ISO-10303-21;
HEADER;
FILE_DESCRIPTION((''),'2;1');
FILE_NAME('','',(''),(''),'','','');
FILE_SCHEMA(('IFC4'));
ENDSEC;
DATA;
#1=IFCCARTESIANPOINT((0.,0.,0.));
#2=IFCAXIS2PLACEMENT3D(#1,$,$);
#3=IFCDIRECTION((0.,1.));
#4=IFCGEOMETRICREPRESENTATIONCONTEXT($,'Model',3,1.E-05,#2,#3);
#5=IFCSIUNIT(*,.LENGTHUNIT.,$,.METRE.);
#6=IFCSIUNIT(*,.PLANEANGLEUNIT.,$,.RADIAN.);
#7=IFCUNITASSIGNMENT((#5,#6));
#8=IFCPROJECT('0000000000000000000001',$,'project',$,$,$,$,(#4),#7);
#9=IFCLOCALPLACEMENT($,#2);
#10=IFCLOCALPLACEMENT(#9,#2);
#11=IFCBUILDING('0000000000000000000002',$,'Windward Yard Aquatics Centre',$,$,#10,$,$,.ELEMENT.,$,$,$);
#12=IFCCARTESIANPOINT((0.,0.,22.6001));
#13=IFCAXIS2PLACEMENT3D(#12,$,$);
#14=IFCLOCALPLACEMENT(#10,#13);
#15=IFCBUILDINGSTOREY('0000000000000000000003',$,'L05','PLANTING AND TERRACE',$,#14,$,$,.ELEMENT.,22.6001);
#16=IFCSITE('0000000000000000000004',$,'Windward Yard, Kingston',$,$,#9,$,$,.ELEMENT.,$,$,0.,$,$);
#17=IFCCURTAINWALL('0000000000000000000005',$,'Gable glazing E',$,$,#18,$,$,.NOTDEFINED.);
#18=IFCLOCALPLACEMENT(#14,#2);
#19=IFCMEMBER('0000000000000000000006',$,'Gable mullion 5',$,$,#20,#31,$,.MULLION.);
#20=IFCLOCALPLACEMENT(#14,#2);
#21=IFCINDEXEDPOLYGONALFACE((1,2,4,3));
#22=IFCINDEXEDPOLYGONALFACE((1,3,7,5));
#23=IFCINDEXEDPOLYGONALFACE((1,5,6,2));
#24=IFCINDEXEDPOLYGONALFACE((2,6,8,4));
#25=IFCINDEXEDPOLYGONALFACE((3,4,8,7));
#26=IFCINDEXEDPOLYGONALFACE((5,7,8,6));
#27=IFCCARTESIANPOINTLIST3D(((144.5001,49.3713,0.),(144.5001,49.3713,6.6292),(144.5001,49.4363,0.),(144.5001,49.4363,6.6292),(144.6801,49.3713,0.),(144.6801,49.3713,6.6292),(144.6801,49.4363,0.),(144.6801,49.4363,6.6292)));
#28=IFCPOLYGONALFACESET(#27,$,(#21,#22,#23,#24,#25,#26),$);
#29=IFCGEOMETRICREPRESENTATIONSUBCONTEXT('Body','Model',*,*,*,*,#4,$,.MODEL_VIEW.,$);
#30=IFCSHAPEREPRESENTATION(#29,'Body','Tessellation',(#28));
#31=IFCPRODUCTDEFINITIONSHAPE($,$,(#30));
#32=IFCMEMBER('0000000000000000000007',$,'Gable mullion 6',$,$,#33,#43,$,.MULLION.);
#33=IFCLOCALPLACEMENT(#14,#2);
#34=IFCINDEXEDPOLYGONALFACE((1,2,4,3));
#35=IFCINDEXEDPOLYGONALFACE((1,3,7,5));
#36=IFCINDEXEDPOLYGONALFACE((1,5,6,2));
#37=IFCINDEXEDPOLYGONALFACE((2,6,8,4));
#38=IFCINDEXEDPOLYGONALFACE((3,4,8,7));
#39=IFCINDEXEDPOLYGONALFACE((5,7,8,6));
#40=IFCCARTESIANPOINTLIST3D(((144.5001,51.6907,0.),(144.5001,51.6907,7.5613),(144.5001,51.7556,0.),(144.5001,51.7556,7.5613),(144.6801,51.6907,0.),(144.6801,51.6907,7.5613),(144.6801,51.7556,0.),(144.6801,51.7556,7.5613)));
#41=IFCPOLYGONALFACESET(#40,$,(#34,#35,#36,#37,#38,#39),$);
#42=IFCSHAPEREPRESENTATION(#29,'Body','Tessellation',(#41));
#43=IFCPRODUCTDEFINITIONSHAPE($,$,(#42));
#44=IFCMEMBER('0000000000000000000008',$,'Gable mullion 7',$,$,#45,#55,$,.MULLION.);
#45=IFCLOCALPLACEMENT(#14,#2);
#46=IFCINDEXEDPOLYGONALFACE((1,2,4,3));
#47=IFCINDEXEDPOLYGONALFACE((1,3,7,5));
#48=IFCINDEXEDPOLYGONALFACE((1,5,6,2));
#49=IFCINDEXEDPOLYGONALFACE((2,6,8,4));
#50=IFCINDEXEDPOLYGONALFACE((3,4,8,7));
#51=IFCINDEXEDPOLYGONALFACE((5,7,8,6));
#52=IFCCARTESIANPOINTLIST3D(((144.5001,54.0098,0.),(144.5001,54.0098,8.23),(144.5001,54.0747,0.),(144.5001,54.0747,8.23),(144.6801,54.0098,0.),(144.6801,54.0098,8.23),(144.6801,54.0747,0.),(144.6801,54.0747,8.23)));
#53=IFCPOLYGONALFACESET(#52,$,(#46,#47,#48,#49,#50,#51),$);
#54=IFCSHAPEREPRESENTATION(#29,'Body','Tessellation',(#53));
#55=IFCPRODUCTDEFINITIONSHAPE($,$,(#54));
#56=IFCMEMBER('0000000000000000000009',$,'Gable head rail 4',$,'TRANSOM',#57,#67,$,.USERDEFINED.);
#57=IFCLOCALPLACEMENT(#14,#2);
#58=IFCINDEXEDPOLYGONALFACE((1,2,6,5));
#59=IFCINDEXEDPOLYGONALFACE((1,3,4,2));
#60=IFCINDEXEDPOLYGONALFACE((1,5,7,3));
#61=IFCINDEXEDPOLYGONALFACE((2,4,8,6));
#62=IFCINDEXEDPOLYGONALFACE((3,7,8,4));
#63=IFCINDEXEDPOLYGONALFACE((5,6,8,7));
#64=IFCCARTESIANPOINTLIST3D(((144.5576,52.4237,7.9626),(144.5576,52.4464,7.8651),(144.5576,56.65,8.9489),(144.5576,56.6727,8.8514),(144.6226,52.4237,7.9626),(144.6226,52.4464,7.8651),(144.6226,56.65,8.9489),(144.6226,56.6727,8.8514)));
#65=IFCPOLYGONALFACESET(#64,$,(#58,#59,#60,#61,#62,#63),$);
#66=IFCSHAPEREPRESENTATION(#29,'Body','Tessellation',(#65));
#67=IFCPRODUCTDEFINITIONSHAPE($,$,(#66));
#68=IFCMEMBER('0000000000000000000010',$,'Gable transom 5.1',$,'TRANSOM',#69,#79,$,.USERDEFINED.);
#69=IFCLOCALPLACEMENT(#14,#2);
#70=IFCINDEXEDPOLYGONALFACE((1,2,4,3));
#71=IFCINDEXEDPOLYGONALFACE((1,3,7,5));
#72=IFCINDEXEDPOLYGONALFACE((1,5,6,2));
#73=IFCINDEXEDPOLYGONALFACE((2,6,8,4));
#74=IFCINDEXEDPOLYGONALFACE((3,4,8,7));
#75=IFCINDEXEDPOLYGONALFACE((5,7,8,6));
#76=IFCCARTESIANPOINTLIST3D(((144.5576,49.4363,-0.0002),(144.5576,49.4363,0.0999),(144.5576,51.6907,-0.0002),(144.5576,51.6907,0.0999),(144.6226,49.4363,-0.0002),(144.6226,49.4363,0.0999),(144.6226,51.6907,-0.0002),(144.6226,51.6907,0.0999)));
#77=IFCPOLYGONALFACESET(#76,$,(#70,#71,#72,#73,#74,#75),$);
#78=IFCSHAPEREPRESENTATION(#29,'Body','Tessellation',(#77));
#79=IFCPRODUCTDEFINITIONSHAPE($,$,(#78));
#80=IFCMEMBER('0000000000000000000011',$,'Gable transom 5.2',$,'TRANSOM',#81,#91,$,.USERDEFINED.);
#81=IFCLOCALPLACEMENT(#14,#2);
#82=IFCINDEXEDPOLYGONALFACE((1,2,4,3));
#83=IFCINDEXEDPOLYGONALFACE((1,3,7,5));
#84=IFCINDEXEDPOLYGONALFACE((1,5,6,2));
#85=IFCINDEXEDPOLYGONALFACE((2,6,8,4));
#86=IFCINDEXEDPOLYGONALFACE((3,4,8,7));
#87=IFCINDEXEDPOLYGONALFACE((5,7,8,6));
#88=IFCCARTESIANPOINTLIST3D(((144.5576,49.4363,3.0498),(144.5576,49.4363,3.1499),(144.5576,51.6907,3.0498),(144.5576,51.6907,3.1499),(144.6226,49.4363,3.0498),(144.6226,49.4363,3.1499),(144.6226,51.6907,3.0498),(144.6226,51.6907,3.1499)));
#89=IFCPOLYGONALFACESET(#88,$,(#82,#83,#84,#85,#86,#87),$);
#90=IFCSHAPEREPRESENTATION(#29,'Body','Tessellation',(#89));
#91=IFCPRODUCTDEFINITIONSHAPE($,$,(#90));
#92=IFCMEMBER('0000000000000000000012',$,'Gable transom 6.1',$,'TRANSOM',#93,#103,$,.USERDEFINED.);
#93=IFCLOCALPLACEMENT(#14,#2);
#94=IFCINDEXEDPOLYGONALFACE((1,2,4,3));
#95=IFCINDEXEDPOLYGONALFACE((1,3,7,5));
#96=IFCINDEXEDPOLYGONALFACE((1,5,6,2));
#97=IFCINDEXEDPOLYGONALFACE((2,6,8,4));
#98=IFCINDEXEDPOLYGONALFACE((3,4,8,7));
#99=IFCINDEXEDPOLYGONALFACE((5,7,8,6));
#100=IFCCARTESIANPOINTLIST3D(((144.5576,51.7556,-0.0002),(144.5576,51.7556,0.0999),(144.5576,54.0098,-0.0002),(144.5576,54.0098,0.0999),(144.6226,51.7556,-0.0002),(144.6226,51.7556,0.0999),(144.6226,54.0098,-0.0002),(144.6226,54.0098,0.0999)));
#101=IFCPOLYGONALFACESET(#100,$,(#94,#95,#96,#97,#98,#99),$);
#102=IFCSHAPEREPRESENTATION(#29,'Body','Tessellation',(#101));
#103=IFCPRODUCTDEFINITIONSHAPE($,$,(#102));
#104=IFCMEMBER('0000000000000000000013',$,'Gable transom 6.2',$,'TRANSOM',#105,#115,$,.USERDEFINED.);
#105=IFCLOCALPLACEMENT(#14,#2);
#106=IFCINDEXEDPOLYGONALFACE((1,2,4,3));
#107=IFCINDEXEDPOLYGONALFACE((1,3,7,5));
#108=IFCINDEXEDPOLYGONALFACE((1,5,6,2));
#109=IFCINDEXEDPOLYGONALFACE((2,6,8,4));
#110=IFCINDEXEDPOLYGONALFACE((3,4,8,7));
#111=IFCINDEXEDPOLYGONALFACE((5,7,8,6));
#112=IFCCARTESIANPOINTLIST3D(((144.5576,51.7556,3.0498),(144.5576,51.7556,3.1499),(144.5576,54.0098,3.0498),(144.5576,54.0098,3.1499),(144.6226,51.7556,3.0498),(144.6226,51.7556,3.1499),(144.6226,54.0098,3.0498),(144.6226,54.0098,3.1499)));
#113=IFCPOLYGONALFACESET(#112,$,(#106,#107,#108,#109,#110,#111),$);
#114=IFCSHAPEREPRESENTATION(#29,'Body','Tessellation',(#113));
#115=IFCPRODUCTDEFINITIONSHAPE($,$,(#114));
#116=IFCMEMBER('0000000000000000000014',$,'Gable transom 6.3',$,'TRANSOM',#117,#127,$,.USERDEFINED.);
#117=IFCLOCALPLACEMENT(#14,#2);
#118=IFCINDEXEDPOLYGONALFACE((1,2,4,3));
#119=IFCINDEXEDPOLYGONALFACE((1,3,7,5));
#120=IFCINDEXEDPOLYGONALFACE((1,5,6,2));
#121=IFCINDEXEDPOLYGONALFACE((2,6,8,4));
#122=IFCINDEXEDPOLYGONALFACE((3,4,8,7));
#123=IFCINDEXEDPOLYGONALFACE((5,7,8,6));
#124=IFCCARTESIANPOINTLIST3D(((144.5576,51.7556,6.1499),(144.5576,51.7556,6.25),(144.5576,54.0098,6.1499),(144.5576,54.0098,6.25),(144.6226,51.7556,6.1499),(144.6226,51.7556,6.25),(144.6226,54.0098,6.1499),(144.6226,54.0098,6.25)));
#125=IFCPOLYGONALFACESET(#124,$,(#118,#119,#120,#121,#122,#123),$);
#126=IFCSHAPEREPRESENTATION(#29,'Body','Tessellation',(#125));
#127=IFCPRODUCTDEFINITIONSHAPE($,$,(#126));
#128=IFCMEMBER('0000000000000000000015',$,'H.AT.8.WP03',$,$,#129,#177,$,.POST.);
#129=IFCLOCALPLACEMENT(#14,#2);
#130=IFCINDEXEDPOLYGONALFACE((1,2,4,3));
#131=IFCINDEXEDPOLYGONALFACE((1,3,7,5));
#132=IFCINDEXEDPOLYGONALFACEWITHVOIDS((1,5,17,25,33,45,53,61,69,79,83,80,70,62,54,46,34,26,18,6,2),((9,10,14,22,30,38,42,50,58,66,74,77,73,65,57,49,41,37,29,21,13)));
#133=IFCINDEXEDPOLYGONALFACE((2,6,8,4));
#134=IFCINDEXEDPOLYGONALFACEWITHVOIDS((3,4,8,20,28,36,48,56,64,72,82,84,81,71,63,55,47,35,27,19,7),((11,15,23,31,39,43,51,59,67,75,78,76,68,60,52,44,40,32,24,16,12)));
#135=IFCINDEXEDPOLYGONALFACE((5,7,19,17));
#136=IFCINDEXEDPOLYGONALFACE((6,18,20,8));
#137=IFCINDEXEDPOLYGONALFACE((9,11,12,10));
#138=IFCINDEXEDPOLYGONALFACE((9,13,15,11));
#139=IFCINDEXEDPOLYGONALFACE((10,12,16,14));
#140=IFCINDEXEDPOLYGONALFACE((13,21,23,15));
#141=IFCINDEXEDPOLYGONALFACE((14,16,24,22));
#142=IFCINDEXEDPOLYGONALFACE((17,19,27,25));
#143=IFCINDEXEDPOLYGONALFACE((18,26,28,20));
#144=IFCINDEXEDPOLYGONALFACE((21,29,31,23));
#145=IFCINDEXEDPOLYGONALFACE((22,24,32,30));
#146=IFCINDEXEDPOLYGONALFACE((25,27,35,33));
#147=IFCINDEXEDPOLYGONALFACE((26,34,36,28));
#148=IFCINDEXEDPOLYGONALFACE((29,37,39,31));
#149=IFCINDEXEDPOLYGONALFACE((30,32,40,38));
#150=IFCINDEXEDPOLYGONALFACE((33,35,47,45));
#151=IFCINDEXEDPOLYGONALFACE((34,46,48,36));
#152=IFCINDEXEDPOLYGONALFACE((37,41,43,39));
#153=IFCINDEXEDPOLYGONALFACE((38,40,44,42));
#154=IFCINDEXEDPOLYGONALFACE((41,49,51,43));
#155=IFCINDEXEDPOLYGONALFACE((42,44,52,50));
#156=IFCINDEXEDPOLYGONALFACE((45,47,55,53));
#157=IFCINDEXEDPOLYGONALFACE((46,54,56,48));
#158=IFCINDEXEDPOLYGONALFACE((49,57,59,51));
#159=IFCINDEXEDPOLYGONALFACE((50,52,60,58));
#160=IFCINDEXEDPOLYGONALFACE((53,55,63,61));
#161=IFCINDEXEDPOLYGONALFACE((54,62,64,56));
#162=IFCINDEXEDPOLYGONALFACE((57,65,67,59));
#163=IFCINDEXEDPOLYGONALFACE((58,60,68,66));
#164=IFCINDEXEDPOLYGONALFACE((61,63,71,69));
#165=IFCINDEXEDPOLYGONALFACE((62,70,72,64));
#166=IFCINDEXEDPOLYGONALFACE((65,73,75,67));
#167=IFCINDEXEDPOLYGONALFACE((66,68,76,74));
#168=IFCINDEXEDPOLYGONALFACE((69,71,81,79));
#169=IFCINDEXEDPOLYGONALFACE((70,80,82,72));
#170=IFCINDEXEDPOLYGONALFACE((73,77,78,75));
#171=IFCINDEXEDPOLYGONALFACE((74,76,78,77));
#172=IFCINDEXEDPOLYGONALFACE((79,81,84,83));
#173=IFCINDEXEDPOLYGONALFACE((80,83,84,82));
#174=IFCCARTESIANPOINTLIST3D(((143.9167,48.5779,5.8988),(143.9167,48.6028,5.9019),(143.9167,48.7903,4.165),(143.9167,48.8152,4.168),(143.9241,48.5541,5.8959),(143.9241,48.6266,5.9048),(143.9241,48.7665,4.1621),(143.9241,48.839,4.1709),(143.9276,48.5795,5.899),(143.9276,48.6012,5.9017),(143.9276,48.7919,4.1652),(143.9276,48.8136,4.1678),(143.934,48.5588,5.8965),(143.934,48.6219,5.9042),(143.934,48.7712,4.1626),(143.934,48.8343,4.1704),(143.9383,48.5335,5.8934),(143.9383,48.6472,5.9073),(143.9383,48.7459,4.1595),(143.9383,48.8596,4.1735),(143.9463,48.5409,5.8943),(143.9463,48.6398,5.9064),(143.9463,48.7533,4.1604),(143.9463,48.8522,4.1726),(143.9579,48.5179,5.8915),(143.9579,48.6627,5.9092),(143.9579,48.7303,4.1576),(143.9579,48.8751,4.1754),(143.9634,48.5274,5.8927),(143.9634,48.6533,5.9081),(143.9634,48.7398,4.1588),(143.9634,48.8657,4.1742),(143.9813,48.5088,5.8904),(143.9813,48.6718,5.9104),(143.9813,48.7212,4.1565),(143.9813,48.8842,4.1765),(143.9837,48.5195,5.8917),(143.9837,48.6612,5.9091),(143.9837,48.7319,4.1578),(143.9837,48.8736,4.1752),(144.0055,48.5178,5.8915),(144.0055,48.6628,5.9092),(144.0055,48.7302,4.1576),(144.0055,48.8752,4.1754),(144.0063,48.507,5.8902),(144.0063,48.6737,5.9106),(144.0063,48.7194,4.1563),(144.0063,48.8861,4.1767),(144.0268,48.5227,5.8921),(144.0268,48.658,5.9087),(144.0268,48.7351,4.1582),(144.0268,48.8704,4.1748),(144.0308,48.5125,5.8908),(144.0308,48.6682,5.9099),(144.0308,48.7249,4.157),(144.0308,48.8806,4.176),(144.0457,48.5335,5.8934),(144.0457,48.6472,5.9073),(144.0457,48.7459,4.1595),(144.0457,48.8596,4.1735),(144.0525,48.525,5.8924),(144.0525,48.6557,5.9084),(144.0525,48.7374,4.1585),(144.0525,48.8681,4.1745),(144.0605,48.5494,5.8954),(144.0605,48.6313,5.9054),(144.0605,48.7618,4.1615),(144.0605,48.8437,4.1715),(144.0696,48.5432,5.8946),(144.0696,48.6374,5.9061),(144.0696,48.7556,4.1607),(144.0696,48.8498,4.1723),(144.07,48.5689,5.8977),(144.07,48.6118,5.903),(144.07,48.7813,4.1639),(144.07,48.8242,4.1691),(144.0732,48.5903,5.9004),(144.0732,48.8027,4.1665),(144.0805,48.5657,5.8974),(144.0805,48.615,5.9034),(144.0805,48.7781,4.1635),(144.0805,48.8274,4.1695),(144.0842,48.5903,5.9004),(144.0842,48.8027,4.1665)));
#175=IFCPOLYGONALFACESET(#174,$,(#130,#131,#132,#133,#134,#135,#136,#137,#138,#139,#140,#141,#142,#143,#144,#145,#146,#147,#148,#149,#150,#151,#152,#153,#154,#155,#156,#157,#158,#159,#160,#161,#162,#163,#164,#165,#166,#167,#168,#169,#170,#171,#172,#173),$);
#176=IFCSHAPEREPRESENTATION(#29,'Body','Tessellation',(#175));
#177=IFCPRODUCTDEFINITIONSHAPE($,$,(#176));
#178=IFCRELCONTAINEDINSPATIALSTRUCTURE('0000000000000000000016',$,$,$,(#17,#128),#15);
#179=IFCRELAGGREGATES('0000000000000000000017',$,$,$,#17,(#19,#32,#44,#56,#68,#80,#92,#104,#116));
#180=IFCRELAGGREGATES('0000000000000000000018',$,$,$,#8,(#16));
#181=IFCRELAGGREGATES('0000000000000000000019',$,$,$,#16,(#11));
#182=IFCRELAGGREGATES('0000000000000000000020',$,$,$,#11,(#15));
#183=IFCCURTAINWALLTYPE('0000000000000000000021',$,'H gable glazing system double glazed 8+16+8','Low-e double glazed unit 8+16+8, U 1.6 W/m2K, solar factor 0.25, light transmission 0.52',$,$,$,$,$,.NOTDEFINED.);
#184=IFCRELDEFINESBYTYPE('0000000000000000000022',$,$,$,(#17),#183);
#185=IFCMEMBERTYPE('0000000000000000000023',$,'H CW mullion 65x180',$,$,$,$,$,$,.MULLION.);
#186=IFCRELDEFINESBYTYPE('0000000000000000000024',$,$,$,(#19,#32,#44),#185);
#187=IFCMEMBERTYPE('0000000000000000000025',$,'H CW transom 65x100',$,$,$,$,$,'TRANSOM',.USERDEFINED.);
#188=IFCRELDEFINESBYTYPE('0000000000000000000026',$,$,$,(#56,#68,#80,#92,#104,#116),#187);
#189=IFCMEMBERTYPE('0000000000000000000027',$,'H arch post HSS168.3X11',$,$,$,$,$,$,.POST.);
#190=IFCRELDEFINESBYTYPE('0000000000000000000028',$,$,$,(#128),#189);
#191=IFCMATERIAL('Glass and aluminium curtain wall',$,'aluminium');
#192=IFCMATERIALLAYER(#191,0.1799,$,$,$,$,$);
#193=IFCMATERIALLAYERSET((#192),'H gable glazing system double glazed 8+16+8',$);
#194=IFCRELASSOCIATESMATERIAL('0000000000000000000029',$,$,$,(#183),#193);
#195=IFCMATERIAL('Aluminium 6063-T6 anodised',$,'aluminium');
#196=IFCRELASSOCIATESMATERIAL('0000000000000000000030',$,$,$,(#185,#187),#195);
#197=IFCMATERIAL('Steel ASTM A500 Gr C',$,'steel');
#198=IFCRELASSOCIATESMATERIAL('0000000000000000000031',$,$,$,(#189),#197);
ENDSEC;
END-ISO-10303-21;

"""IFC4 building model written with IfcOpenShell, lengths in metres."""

from ifc_helpers import new_model, si_unit, direction, frame, origin, origin_2d, place, context, subcontext, project, spatial, rectangle, hollow_circle, extrude, material, layer, layer_set, material_profile, profile_set, type_object, element, aggregate, save


model = new_model("IFC4")

# Units and contexts
model_context = context("Model", 3, precision=1e-05, world=origin(), true_north=direction((0.0, 1.0)))
body_context = subcontext(model_context, "Body", "Model", "MODEL_VIEW")
ifc_project = project(units=[si_unit("LENGTHUNIT", "METRE"), si_unit("PLANEANGLEUNIT", "RADIAN")], contexts=[model_context])

# Site, building, storey
site_placement = place(None, origin())
site = spatial("IfcSite", under=ifc_project, at=site_placement, Name="Windward Yard, Kingston", CompositionType="ELEMENT", RefElevation=0.0)
building_placement = place(site_placement, origin())
building = spatial("IfcBuilding", under=site, at=building_placement, Name="Windward Yard Aquatics Centre", CompositionType="ELEMENT")
storey_placement = place(building_placement, frame((0.0, 0.0, 22.6001)))
storey = spatial("IfcBuildingStorey", under=building, at=storey_placement, Name="L05", Description="PLANTING AND TERRACE", CompositionType="ELEMENT", Elevation=22.6001)

# Curtain wall, members
ifc_material_1 = material(Name="Glass and aluminium curtain wall", Category="aluminium")
ifc_layer_1 = layer(ifc_material_1, 0.1799)
ifc_layer_set_1 = layer_set([ifc_layer_1], Name="H gable glazing system double glazed 8+16+8")
curtain_wall_type = type_object("IfcCurtainWallType", Name="H gable glazing system double glazed 8+16+8", Description="Low-e double glazed unit 8+16+8, U 1.6 W/m2K, solar factor 0.25, light transmission 0.52", PredefinedType="NOTDEFINED", material=ifc_layer_set_1)
curtain_wall_placement = place(storey_placement, origin())
curtain_wall = element("IfcCurtainWall", 1, at=curtain_wall_placement, inside=storey, type_object=curtain_wall_type, Name="Gable glazing E", PredefinedType="NOTDEFINED")
ifc_material_2 = material(Name="Aluminium 6063-T6 anodised", Category="aluminium")
ifc_material_profile_1 = material_profile(ifc_material_2, rectangle(XDim=0.0649, YDim=0.1799, at=origin_2d()), Name="H CW mullion 65x180")
ifc_profile_set_1 = profile_set([ifc_material_profile_1], Name="Aluminium 6063-T6 anodised")
member_type_1 = type_object("IfcMemberType", Name="H CW mullion 65x180", PredefinedType="MULLION", material=ifc_profile_set_1)
member_1_placement = place(storey_placement, frame((144.5901, 49.4038, 0.0), z_axis=(0.0, 0.0, 1.0), x_axis=(0.0, 1.0, 0.0)))
member_1 = element("IfcMember", 2, at=member_1_placement, type_object=member_type_1, Name="Gable mullion 5", PredefinedType="MULLION", context=body_context, shape_type="SweptSolid", body=[
    extrude(rectangle(XDim=0.0649, YDim=0.1799, at=origin_2d()), origin(), (0.0, 0.0, 1.0), 6.6292),
])
member_2_placement = place(storey_placement, frame((144.5901, 51.7231, 0.0), z_axis=(0.0, 0.0, 1.0), x_axis=(0.0, 1.0, 0.0)))
member_2 = element("IfcMember", 3, at=member_2_placement, type_object=member_type_1, Name="Gable mullion 6", PredefinedType="MULLION", context=body_context, shape_type="SweptSolid", body=[
    extrude(rectangle(XDim=0.0649, YDim=0.1799, at=origin_2d()), origin(), (0.0, 0.0, 1.0), 7.5613),
])
member_3_placement = place(storey_placement, frame((144.5901, 54.0422, 0.0), z_axis=(0.0, 0.0, 1.0), x_axis=(0.0, 1.0, 0.0)))
member_3 = element("IfcMember", 4, at=member_3_placement, type_object=member_type_1, Name="Gable mullion 7", PredefinedType="MULLION", context=body_context, shape_type="SweptSolid", body=[
    extrude(rectangle(XDim=0.0649, YDim=0.1799, at=origin_2d()), origin(), (0.0, 0.0, 1.0), 8.23),
])
ifc_material_profile_2 = material_profile(ifc_material_2, rectangle(XDim=0.0649, YDim=0.1001, at=origin_2d()), Name="H CW transom 65x100")
ifc_profile_set_2 = profile_set([ifc_material_profile_2], Name="Aluminium 6063-T6 anodised")
member_type_2 = type_object("IfcMemberType", Name="H CW transom 65x100", ElementType="TRANSOM", PredefinedType="USERDEFINED", material=ifc_profile_set_2)
member_4_placement = place(storey_placement, frame((144.5901, 52.4351, 7.9138), z_axis=(0.0, 0.973832, 0.227271), x_axis=(-1.0, 0.0, 0.0)))
member_4 = element("IfcMember", 5, at=member_4_placement, type_object=member_type_2, Name="Gable head rail 4", ObjectType="TRANSOM", PredefinedType="USERDEFINED", context=body_context, shape_type="SweptSolid", body=[
    extrude(rectangle(XDim=0.0649, YDim=0.1001, at=origin_2d()), origin(), (0.0, 0.0, 1.0), 4.3398),
])
member_5_placement = place(storey_placement, frame((144.5901, 49.4363, 0.0498), z_axis=(0.0, 1.0, 0.0), x_axis=(-1.0, 0.0, 0.0)))
member_5 = element("IfcMember", 6, at=member_5_placement, type_object=member_type_2, Name="Gable transom 5.1", ObjectType="TRANSOM", PredefinedType="USERDEFINED", context=body_context, shape_type="SweptSolid", body=[
    extrude(rectangle(XDim=0.0649, YDim=0.1001, at=origin_2d()), origin(), (0.0, 0.0, 1.0), 2.2544),
])
member_6_placement = place(storey_placement, frame((144.5901, 49.4363, 3.0999), z_axis=(0.0, 1.0, 0.0), x_axis=(-1.0, 0.0, 0.0)))
member_6 = element("IfcMember", 7, at=member_6_placement, type_object=member_type_2, Name="Gable transom 5.2", ObjectType="TRANSOM", PredefinedType="USERDEFINED", context=body_context, shape_type="SweptSolid", body=[
    extrude(rectangle(XDim=0.0649, YDim=0.1001, at=origin_2d()), origin(), (0.0, 0.0, 1.0), 2.2544),
])
member_7_placement = place(storey_placement, frame((144.5901, 51.7556, 0.0498), z_axis=(0.0, 1.0, 0.0), x_axis=(-1.0, 0.0, 0.0)))
member_7 = element("IfcMember", 8, at=member_7_placement, type_object=member_type_2, Name="Gable transom 6.1", ObjectType="TRANSOM", PredefinedType="USERDEFINED", context=body_context, shape_type="SweptSolid", body=[
    extrude(rectangle(XDim=0.0649, YDim=0.1001, at=origin_2d()), origin(), (0.0, 0.0, 1.0), 2.2542),
])
member_8_placement = place(storey_placement, frame((144.5901, 51.7556, 3.0999), z_axis=(0.0, 1.0, 0.0), x_axis=(-1.0, 0.0, 0.0)))
member_8 = element("IfcMember", 9, at=member_8_placement, type_object=member_type_2, Name="Gable transom 6.2", ObjectType="TRANSOM", PredefinedType="USERDEFINED", context=body_context, shape_type="SweptSolid", body=[
    extrude(rectangle(XDim=0.0649, YDim=0.1001, at=origin_2d()), origin(), (0.0, 0.0, 1.0), 2.2542),
])
member_9_placement = place(storey_placement, frame((144.5901, 51.7556, 6.2), z_axis=(0.0, 1.0, 0.0), x_axis=(-1.0, 0.0, 0.0)))
member_9 = element("IfcMember", 10, at=member_9_placement, type_object=member_type_2, Name="Gable transom 6.3", ObjectType="TRANSOM", PredefinedType="USERDEFINED", context=body_context, shape_type="SweptSolid", body=[
    extrude(rectangle(XDim=0.0649, YDim=0.1001, at=origin_2d()), origin(), (0.0, 0.0, 1.0), 2.2542),
])

# Member
ifc_material_3 = material(Name="Steel ASTM A500 Gr C", Category="steel")
ifc_material_profile_3 = material_profile(ifc_material_3, hollow_circle(Radius=0.0842, WallThickness=0.011, at=origin_2d()), Name="HSS168.3X11")
ifc_profile_set_3 = profile_set([ifc_material_profile_3], Name="Steel ASTM A500 Gr C")
member_type_3 = type_object("IfcMemberType", Name="H arch post HSS168.3X11", PredefinedType="POST", material=ifc_profile_set_3)
member_10_placement = place(storey_placement, frame((144.0, 48.8027, 4.1665), z_axis=(0.0, -0.121592, 0.99258), x_axis=(1.0, 0.0, 0.0)))
element("IfcMember", 11, at=member_10_placement, inside=storey, type_object=member_type_3, Name="H.AT.8.WP03", PredefinedType="POST", context=body_context, shape_type="SweptSolid", body=[
    extrude(hollow_circle(Radius=0.0842, WallThickness=0.011, at=origin_2d()), origin(), (0.0, 0.0, 1.0), 1.7468),
])

aggregate(curtain_wall, [member_1, member_2, member_3, member_4, member_5, member_6, member_7, member_8, member_9])

save(model, "model.ifc")
